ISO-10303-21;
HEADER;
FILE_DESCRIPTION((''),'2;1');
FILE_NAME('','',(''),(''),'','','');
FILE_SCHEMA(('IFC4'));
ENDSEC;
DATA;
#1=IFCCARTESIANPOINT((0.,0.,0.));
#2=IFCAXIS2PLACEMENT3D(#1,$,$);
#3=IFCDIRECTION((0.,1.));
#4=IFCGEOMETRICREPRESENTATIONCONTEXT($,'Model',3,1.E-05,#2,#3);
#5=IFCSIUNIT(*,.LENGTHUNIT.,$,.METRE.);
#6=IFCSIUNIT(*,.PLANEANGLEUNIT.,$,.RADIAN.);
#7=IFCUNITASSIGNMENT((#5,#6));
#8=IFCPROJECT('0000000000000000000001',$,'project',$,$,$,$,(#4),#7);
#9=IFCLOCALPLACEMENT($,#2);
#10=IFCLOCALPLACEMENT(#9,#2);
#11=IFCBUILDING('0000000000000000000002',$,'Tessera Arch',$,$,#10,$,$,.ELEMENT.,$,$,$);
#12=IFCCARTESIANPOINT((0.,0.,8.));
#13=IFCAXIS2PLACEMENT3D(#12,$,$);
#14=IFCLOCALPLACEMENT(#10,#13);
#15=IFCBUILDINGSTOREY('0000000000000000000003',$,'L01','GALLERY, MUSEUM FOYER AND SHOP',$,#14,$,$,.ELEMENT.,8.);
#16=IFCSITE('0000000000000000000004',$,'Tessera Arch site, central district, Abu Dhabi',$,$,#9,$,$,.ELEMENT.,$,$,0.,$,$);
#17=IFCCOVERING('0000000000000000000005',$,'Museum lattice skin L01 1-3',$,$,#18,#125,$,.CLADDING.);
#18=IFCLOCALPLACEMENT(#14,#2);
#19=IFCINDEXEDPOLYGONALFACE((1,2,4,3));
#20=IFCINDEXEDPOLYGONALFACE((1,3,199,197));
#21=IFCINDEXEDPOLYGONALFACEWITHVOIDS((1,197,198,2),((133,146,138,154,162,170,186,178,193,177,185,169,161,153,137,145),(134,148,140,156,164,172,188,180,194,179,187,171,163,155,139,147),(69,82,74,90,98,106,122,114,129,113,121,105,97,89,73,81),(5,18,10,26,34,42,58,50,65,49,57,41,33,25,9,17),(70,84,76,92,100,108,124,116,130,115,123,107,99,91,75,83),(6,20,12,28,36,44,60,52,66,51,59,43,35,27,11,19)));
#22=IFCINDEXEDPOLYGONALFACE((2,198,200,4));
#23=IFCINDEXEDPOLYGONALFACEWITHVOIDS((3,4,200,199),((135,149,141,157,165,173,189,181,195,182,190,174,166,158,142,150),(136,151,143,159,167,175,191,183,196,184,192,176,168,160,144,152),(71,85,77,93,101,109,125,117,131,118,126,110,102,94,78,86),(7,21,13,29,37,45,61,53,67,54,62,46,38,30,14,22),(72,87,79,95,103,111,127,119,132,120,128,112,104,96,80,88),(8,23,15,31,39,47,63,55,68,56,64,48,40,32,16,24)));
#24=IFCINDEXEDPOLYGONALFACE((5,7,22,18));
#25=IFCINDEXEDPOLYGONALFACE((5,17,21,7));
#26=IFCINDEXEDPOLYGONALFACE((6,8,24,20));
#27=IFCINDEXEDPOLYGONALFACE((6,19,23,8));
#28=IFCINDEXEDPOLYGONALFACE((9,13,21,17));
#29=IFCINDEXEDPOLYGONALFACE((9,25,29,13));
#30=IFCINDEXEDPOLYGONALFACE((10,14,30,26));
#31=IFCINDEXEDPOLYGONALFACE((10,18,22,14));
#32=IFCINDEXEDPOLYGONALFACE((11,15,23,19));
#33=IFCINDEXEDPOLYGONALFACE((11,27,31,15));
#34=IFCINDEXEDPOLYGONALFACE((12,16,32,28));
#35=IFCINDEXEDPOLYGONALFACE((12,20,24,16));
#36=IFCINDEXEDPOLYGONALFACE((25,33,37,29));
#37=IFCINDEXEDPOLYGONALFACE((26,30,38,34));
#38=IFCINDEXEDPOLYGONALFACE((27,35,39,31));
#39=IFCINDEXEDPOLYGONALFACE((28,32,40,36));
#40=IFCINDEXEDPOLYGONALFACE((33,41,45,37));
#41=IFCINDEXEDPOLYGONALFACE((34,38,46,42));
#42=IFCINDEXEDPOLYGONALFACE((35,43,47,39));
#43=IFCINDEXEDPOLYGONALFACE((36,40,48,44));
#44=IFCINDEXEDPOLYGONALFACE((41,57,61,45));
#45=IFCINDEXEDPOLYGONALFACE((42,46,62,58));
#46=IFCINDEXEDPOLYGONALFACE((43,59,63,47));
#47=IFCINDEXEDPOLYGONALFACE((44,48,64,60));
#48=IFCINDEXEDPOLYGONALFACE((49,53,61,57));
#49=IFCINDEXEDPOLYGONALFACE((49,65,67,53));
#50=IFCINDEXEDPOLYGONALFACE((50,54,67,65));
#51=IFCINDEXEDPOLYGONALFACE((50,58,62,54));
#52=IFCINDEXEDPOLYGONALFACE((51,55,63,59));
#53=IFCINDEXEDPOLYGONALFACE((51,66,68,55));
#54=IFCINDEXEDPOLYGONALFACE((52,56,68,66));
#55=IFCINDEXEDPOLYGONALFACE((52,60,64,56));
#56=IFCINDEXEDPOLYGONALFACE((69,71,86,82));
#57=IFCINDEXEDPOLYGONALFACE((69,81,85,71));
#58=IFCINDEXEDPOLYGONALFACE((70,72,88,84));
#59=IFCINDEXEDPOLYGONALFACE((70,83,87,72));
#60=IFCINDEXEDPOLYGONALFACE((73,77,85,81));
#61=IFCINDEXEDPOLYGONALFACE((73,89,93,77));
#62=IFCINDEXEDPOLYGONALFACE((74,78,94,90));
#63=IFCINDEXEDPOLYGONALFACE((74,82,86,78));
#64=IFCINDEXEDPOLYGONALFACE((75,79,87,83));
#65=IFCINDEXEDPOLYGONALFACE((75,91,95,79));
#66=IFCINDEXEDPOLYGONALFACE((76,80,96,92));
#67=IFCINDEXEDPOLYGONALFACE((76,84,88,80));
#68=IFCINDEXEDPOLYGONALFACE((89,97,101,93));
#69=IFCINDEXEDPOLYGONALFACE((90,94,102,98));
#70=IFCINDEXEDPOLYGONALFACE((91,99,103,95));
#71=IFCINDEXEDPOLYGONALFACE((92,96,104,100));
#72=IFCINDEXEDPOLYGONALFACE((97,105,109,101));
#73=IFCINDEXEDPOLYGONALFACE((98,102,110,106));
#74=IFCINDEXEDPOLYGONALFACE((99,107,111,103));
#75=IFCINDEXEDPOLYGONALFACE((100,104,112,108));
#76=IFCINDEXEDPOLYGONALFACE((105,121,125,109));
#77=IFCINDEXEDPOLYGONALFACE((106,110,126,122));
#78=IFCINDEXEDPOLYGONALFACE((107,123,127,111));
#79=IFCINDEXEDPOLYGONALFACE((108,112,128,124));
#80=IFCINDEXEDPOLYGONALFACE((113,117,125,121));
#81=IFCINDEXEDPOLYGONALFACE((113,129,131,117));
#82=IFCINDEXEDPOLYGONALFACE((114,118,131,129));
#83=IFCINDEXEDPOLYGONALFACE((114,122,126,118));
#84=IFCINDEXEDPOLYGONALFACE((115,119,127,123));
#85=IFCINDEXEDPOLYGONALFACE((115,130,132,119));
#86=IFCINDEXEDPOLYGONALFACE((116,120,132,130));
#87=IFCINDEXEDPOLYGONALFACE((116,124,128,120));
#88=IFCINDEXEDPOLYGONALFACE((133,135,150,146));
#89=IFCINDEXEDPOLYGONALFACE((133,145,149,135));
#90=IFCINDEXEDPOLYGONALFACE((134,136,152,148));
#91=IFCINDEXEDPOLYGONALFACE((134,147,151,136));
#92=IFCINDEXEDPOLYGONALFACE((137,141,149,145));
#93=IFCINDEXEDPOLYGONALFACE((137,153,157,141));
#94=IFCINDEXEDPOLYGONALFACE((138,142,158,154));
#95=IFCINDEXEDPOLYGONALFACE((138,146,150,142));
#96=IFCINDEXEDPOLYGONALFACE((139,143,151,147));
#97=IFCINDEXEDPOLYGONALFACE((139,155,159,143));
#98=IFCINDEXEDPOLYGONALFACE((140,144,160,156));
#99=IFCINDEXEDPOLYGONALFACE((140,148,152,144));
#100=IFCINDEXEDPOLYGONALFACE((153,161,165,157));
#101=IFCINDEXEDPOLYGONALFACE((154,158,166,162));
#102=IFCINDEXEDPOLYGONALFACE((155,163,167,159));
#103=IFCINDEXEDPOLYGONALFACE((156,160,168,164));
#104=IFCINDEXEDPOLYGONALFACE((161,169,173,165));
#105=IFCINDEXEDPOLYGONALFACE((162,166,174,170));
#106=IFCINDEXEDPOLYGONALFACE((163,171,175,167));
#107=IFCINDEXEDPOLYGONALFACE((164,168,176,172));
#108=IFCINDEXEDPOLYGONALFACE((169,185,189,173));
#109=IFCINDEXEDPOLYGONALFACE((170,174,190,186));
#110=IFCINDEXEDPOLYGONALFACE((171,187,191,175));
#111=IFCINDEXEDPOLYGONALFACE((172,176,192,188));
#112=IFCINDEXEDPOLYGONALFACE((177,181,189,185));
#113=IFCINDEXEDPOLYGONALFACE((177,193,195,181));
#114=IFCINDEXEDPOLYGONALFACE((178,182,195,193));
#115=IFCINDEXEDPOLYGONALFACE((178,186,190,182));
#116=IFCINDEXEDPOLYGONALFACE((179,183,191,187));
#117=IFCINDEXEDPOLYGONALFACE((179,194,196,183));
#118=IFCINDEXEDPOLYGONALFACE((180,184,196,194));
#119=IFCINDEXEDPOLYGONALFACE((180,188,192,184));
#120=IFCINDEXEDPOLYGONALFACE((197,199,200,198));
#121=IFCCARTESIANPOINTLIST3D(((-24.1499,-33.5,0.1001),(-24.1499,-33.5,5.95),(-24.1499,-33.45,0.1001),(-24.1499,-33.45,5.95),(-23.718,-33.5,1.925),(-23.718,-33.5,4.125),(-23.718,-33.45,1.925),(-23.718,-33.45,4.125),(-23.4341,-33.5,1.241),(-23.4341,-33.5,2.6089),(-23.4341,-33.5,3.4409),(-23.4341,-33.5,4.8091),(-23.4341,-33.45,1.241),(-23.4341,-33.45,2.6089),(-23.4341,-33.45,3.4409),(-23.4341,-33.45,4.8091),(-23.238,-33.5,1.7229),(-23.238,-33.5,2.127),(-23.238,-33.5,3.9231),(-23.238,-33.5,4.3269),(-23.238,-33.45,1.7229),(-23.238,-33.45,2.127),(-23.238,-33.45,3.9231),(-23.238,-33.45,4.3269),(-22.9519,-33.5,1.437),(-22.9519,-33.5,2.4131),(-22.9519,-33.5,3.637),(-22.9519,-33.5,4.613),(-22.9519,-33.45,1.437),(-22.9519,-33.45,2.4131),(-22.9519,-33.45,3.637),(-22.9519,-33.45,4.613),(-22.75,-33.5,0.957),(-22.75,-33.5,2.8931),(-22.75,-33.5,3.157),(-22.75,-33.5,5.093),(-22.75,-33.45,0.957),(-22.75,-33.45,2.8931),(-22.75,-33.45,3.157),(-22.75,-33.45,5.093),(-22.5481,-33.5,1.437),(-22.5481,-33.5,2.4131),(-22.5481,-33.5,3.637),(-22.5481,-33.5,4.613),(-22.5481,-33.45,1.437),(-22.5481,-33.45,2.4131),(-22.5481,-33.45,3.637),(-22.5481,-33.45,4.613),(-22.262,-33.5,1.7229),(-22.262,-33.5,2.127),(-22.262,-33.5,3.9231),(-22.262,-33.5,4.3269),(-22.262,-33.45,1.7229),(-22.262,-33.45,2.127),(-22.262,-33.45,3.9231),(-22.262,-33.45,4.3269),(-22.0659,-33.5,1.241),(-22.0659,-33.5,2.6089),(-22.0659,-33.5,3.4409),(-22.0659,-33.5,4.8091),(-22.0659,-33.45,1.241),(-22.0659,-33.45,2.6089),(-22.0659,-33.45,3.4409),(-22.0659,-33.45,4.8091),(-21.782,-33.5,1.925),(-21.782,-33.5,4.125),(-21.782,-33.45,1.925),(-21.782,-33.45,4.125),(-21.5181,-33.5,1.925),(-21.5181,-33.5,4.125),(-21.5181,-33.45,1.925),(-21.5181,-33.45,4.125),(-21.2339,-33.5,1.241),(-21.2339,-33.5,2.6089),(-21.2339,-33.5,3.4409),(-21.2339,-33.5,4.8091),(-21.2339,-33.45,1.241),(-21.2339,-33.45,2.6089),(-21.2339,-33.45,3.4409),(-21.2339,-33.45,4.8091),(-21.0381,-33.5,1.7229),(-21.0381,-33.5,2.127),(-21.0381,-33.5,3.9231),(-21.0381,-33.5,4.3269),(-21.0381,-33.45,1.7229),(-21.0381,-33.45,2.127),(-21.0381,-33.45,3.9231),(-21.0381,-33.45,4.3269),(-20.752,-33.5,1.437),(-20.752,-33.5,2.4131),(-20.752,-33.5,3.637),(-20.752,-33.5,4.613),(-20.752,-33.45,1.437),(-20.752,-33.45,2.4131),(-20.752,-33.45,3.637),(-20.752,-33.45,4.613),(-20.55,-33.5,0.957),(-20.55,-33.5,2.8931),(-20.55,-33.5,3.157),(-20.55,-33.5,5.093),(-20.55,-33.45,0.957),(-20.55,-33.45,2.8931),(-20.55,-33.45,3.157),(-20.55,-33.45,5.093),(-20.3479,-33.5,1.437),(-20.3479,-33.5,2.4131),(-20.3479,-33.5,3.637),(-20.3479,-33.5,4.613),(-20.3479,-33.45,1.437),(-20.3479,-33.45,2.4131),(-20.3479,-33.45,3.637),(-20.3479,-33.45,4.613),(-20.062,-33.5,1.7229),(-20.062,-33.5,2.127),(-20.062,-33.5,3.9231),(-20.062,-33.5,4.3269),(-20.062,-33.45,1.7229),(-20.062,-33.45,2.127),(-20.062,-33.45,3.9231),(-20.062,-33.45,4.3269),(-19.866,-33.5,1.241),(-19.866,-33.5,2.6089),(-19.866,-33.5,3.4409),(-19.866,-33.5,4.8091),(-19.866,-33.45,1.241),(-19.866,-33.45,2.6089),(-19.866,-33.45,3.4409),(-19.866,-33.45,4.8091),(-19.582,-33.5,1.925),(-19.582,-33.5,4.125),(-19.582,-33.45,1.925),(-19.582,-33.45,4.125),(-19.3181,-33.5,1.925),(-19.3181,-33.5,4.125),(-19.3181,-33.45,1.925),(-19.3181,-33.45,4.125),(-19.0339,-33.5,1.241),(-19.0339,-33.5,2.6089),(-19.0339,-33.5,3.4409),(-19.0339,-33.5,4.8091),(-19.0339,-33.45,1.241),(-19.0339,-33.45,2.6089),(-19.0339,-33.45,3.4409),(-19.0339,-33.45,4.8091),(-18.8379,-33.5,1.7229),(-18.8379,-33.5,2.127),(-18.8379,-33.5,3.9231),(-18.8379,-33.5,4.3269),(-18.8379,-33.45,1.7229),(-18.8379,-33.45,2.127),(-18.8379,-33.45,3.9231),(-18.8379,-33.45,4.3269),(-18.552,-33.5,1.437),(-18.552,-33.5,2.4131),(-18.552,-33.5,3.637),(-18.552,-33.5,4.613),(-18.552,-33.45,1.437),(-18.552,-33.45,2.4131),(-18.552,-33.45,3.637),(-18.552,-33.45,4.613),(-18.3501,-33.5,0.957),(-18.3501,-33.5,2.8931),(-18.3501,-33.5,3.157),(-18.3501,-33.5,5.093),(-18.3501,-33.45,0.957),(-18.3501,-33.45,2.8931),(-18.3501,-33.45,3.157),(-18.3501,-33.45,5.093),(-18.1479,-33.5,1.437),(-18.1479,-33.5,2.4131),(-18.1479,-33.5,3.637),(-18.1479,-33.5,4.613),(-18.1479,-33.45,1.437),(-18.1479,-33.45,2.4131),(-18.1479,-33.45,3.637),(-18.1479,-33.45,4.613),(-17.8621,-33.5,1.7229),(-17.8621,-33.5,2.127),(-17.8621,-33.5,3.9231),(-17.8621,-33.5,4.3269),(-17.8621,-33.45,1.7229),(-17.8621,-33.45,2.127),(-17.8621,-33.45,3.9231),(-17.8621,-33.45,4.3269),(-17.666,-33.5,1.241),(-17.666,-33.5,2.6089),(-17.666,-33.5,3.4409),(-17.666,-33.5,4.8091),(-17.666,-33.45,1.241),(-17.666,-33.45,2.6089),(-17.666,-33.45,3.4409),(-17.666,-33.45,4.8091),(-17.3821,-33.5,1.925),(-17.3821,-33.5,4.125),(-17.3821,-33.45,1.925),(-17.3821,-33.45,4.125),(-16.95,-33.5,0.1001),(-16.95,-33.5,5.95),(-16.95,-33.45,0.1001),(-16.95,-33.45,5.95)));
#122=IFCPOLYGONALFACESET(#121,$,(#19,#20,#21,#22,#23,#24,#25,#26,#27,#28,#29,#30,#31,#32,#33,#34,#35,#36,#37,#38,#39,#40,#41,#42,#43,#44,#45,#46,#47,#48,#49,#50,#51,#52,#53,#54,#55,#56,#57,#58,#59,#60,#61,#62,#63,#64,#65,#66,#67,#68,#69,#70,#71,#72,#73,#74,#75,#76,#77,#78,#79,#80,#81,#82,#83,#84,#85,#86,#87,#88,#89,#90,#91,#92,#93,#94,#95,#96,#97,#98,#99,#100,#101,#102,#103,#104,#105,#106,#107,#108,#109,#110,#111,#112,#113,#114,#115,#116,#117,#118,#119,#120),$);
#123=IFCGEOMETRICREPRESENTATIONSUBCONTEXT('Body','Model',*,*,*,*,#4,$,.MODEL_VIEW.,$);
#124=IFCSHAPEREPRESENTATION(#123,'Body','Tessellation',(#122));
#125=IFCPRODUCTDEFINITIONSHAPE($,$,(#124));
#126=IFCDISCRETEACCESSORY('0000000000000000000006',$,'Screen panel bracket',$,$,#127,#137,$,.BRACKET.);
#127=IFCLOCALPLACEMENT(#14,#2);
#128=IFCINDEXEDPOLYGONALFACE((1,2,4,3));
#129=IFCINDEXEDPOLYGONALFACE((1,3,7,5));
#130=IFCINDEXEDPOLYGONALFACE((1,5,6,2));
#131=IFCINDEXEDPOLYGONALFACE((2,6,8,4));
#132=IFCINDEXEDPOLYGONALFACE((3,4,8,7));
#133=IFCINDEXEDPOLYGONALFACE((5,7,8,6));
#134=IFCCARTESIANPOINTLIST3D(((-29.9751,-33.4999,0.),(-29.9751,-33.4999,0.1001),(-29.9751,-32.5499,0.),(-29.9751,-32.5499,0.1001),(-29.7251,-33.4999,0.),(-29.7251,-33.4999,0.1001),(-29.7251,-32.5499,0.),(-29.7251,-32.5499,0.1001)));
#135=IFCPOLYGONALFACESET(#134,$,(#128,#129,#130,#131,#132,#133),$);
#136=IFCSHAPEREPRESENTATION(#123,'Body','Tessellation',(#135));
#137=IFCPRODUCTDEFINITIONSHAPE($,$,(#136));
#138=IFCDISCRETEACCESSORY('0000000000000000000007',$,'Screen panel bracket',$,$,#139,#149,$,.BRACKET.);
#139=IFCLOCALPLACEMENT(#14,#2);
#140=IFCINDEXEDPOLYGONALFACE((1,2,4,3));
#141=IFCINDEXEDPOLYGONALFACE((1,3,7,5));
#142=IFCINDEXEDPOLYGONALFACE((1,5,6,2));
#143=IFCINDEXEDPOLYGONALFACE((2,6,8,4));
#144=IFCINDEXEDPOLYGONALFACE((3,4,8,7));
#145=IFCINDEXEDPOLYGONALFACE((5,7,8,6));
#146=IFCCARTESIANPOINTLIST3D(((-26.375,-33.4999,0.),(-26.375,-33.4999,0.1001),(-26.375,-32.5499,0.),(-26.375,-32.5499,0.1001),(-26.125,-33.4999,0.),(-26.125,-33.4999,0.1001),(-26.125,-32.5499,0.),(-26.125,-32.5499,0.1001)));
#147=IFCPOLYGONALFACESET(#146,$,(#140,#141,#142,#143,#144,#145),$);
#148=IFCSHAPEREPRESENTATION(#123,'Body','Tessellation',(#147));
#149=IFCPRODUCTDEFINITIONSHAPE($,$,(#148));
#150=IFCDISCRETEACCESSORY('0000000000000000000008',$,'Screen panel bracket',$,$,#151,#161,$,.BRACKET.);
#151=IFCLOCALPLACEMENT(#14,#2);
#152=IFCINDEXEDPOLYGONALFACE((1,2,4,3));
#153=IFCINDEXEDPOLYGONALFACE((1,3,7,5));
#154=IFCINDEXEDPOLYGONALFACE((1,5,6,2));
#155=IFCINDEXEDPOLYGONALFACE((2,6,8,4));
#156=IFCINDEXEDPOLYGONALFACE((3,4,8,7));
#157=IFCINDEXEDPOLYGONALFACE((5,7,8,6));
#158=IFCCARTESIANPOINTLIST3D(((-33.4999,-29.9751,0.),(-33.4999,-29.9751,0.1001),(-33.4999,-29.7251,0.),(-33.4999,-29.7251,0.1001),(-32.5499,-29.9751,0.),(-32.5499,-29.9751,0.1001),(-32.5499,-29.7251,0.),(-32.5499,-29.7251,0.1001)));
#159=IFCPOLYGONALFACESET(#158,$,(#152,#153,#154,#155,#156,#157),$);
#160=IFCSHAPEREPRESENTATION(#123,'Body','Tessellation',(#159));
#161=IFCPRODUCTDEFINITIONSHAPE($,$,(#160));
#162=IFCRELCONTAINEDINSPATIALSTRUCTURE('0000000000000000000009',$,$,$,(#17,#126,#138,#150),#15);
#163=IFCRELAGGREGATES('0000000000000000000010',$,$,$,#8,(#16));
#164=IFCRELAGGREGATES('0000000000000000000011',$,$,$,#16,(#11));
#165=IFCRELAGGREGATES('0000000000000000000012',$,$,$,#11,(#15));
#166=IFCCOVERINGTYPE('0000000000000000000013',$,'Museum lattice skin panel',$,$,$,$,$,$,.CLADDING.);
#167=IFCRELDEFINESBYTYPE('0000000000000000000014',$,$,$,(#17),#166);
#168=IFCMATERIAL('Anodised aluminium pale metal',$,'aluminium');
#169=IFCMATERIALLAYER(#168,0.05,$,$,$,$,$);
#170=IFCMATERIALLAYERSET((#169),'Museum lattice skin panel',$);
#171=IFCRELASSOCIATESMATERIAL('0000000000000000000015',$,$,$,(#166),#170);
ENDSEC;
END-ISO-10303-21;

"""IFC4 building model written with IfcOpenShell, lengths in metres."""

from ifc_helpers import new_model, si_unit, direction, frame, origin, origin_2d, place, context, subcontext, project, spatial, polyline, rectangle, outline, extrude, material, layer, layer_set, type_object, element, save


model = new_model("IFC4")

# Units and contexts
model_context = context("Model", 3, precision=1e-05, world=origin(), true_north=direction((0.0, 1.0)))
body_context = subcontext(model_context, "Body", "Model", "MODEL_VIEW")
ifc_project = project(units=[si_unit("LENGTHUNIT", "METRE"), si_unit("PLANEANGLEUNIT", "RADIAN")], contexts=[model_context])

# Site, building, storey
site_placement = place(None, origin())
site = spatial("IfcSite", under=ifc_project, at=site_placement, Name="Tessera Arch site, central district, Abu Dhabi", CompositionType="ELEMENT", RefElevation=0.0)
building_placement = place(site_placement, origin())
building = spatial("IfcBuilding", under=site, at=building_placement, Name="Tessera Arch", CompositionType="ELEMENT")
storey_placement = place(building_placement, frame((0.0, 0.0, 8.0)))
storey = spatial("IfcBuildingStorey", under=building, at=storey_placement, Name="L01", Description="GALLERY, MUSEUM FOYER AND SHOP", CompositionType="ELEMENT", Elevation=8.0)

# Covering
ifc_material_1 = material(Name="Anodised aluminium pale metal", Category="aluminium")
ifc_layer_1 = layer(ifc_material_1, 0.05)
ifc_layer_set_1 = layer_set([ifc_layer_1], Name="Museum lattice skin panel")
covering_type = type_object("IfcCoveringType", Name="Museum lattice skin panel", PredefinedType="CLADDING", material=ifc_layer_set_1)
covering_1_placement = place(storey_placement, frame((-24.1499, -33.45, 5.95), z_axis=(0.0, 1.0, 0.0), x_axis=(1.0, 0.0, 0.0)))
element("IfcCovering", 1, at=covering_1_placement, inside=storey, type_object=covering_type, Name="Museum lattice skin L01 1-3", PredefinedType="CLADDING", context=body_context, shape_type="SweptSolid", body=[
    extrude(outline(polyline([(0.0, 0.0), (7.2, 0.0), (7.2, 5.8499), (0.0, 5.8499), (0.0, 0.0)]), holes=[polyline([(2.3679, 4.0249), (1.8879, 3.823), (2.084, 3.3411), (1.6018, 3.5369), (1.3999, 3.0569), (1.198, 3.5369), (0.7158, 3.3411), (0.9119, 3.823), (0.4319, 4.0249), (0.9119, 4.2271), (0.7158, 4.709), (1.198, 4.5129), (1.3999, 4.9929), (1.6018, 4.5129), (2.084, 4.709), (1.8879, 4.2271), (2.3679, 4.0249)]), polyline([(2.3679, 1.825), (1.8879, 1.623), (2.084, 1.1409), (1.6018, 1.3369), (1.3999, 0.8569), (1.198, 1.3369), (0.7158, 1.1409), (0.9119, 1.623), (0.4319, 1.825), (0.9119, 2.0269), (0.7158, 2.509), (1.198, 2.313), (1.3999, 2.793), (1.6018, 2.313), (2.084, 2.509), (1.8879, 2.0269), (2.3679, 1.825)]), polyline([(4.5679, 4.0249), (4.0879, 3.823), (4.2839, 3.3411), (3.802, 3.5369), (3.5999, 3.0569), (3.3979, 3.5369), (2.916, 3.3411), (3.1118, 3.823), (2.6318, 4.0249), (3.1118, 4.2271), (2.916, 4.709), (3.3979, 4.5129), (3.5999, 4.9929), (3.802, 4.5129), (4.2839, 4.709), (4.0879, 4.2271), (4.5679, 4.0249)]), polyline([(4.5679, 1.825), (4.0879, 1.623), (4.2839, 1.1409), (3.802, 1.3369), (3.5999, 0.8569), (3.3979, 1.3369), (2.916, 1.1409), (3.1118, 1.623), (2.6318, 1.825), (3.1118, 2.0269), (2.916, 2.509), (3.3979, 2.313), (3.5999, 2.793), (3.802, 2.313), (4.2839, 2.509), (4.0879, 2.0269), (4.5679, 1.825)]), polyline([(6.7678, 4.0249), (6.2878, 3.823), (6.4839, 3.3411), (6.002, 3.5369), (5.7998, 3.0569), (5.5979, 3.5369), (5.116, 3.3411), (5.312, 3.823), (4.8318, 4.0249), (5.312, 4.2271), (5.116, 4.709), (5.5979, 4.5129), (5.7998, 4.9929), (6.002, 4.5129), (6.4839, 4.709), (6.2878, 4.2271), (6.7678, 4.0249)]), polyline([(6.7678, 1.825), (6.2878, 1.623), (6.4839, 1.1409), (6.002, 1.3369), (5.7998, 0.8569), (5.5979, 1.3369), (5.116, 1.1409), (5.312, 1.623), (4.8318, 1.825), (5.312, 2.0269), (5.116, 2.509), (5.5979, 2.313), (5.7998, 2.793), (6.002, 2.313), (6.4839, 2.509), (6.2878, 2.0269), (6.7678, 1.825)])]), origin(), (0.0, 0.0, -1.0), 0.05),
])

# Discrete accessories
for number, where, z_axis, x_axis, name in (
    (2, (-29.8501, -33.0249, 0.0), (0.0, 0.0, 1.0), (0.0, -1.0, 0.0), "Screen panel bracket"),
    (3, (-26.25, -33.0249, 0.0), (0.0, 0.0, 1.0), (0.0, -1.0, 0.0), "Screen panel bracket"),
    (4, (-33.0249, -29.8501, 0.0), (0.0, 0.0, 1.0), (-1.0, 0.0, 0.0), "Screen panel bracket"),
):
    element("IfcDiscreteAccessory", number, at=place(storey_placement, frame(where, z_axis=z_axis, x_axis=x_axis)), inside=storey, Name=name, PredefinedType="BRACKET", context=body_context, shape_type="SweptSolid", body=[
        extrude(rectangle(XDim=0.95, YDim=0.25, at=origin_2d()), origin(), (0.0, 0.0, 1.0), 0.1001),
    ])

save(model, "model.ifc")
